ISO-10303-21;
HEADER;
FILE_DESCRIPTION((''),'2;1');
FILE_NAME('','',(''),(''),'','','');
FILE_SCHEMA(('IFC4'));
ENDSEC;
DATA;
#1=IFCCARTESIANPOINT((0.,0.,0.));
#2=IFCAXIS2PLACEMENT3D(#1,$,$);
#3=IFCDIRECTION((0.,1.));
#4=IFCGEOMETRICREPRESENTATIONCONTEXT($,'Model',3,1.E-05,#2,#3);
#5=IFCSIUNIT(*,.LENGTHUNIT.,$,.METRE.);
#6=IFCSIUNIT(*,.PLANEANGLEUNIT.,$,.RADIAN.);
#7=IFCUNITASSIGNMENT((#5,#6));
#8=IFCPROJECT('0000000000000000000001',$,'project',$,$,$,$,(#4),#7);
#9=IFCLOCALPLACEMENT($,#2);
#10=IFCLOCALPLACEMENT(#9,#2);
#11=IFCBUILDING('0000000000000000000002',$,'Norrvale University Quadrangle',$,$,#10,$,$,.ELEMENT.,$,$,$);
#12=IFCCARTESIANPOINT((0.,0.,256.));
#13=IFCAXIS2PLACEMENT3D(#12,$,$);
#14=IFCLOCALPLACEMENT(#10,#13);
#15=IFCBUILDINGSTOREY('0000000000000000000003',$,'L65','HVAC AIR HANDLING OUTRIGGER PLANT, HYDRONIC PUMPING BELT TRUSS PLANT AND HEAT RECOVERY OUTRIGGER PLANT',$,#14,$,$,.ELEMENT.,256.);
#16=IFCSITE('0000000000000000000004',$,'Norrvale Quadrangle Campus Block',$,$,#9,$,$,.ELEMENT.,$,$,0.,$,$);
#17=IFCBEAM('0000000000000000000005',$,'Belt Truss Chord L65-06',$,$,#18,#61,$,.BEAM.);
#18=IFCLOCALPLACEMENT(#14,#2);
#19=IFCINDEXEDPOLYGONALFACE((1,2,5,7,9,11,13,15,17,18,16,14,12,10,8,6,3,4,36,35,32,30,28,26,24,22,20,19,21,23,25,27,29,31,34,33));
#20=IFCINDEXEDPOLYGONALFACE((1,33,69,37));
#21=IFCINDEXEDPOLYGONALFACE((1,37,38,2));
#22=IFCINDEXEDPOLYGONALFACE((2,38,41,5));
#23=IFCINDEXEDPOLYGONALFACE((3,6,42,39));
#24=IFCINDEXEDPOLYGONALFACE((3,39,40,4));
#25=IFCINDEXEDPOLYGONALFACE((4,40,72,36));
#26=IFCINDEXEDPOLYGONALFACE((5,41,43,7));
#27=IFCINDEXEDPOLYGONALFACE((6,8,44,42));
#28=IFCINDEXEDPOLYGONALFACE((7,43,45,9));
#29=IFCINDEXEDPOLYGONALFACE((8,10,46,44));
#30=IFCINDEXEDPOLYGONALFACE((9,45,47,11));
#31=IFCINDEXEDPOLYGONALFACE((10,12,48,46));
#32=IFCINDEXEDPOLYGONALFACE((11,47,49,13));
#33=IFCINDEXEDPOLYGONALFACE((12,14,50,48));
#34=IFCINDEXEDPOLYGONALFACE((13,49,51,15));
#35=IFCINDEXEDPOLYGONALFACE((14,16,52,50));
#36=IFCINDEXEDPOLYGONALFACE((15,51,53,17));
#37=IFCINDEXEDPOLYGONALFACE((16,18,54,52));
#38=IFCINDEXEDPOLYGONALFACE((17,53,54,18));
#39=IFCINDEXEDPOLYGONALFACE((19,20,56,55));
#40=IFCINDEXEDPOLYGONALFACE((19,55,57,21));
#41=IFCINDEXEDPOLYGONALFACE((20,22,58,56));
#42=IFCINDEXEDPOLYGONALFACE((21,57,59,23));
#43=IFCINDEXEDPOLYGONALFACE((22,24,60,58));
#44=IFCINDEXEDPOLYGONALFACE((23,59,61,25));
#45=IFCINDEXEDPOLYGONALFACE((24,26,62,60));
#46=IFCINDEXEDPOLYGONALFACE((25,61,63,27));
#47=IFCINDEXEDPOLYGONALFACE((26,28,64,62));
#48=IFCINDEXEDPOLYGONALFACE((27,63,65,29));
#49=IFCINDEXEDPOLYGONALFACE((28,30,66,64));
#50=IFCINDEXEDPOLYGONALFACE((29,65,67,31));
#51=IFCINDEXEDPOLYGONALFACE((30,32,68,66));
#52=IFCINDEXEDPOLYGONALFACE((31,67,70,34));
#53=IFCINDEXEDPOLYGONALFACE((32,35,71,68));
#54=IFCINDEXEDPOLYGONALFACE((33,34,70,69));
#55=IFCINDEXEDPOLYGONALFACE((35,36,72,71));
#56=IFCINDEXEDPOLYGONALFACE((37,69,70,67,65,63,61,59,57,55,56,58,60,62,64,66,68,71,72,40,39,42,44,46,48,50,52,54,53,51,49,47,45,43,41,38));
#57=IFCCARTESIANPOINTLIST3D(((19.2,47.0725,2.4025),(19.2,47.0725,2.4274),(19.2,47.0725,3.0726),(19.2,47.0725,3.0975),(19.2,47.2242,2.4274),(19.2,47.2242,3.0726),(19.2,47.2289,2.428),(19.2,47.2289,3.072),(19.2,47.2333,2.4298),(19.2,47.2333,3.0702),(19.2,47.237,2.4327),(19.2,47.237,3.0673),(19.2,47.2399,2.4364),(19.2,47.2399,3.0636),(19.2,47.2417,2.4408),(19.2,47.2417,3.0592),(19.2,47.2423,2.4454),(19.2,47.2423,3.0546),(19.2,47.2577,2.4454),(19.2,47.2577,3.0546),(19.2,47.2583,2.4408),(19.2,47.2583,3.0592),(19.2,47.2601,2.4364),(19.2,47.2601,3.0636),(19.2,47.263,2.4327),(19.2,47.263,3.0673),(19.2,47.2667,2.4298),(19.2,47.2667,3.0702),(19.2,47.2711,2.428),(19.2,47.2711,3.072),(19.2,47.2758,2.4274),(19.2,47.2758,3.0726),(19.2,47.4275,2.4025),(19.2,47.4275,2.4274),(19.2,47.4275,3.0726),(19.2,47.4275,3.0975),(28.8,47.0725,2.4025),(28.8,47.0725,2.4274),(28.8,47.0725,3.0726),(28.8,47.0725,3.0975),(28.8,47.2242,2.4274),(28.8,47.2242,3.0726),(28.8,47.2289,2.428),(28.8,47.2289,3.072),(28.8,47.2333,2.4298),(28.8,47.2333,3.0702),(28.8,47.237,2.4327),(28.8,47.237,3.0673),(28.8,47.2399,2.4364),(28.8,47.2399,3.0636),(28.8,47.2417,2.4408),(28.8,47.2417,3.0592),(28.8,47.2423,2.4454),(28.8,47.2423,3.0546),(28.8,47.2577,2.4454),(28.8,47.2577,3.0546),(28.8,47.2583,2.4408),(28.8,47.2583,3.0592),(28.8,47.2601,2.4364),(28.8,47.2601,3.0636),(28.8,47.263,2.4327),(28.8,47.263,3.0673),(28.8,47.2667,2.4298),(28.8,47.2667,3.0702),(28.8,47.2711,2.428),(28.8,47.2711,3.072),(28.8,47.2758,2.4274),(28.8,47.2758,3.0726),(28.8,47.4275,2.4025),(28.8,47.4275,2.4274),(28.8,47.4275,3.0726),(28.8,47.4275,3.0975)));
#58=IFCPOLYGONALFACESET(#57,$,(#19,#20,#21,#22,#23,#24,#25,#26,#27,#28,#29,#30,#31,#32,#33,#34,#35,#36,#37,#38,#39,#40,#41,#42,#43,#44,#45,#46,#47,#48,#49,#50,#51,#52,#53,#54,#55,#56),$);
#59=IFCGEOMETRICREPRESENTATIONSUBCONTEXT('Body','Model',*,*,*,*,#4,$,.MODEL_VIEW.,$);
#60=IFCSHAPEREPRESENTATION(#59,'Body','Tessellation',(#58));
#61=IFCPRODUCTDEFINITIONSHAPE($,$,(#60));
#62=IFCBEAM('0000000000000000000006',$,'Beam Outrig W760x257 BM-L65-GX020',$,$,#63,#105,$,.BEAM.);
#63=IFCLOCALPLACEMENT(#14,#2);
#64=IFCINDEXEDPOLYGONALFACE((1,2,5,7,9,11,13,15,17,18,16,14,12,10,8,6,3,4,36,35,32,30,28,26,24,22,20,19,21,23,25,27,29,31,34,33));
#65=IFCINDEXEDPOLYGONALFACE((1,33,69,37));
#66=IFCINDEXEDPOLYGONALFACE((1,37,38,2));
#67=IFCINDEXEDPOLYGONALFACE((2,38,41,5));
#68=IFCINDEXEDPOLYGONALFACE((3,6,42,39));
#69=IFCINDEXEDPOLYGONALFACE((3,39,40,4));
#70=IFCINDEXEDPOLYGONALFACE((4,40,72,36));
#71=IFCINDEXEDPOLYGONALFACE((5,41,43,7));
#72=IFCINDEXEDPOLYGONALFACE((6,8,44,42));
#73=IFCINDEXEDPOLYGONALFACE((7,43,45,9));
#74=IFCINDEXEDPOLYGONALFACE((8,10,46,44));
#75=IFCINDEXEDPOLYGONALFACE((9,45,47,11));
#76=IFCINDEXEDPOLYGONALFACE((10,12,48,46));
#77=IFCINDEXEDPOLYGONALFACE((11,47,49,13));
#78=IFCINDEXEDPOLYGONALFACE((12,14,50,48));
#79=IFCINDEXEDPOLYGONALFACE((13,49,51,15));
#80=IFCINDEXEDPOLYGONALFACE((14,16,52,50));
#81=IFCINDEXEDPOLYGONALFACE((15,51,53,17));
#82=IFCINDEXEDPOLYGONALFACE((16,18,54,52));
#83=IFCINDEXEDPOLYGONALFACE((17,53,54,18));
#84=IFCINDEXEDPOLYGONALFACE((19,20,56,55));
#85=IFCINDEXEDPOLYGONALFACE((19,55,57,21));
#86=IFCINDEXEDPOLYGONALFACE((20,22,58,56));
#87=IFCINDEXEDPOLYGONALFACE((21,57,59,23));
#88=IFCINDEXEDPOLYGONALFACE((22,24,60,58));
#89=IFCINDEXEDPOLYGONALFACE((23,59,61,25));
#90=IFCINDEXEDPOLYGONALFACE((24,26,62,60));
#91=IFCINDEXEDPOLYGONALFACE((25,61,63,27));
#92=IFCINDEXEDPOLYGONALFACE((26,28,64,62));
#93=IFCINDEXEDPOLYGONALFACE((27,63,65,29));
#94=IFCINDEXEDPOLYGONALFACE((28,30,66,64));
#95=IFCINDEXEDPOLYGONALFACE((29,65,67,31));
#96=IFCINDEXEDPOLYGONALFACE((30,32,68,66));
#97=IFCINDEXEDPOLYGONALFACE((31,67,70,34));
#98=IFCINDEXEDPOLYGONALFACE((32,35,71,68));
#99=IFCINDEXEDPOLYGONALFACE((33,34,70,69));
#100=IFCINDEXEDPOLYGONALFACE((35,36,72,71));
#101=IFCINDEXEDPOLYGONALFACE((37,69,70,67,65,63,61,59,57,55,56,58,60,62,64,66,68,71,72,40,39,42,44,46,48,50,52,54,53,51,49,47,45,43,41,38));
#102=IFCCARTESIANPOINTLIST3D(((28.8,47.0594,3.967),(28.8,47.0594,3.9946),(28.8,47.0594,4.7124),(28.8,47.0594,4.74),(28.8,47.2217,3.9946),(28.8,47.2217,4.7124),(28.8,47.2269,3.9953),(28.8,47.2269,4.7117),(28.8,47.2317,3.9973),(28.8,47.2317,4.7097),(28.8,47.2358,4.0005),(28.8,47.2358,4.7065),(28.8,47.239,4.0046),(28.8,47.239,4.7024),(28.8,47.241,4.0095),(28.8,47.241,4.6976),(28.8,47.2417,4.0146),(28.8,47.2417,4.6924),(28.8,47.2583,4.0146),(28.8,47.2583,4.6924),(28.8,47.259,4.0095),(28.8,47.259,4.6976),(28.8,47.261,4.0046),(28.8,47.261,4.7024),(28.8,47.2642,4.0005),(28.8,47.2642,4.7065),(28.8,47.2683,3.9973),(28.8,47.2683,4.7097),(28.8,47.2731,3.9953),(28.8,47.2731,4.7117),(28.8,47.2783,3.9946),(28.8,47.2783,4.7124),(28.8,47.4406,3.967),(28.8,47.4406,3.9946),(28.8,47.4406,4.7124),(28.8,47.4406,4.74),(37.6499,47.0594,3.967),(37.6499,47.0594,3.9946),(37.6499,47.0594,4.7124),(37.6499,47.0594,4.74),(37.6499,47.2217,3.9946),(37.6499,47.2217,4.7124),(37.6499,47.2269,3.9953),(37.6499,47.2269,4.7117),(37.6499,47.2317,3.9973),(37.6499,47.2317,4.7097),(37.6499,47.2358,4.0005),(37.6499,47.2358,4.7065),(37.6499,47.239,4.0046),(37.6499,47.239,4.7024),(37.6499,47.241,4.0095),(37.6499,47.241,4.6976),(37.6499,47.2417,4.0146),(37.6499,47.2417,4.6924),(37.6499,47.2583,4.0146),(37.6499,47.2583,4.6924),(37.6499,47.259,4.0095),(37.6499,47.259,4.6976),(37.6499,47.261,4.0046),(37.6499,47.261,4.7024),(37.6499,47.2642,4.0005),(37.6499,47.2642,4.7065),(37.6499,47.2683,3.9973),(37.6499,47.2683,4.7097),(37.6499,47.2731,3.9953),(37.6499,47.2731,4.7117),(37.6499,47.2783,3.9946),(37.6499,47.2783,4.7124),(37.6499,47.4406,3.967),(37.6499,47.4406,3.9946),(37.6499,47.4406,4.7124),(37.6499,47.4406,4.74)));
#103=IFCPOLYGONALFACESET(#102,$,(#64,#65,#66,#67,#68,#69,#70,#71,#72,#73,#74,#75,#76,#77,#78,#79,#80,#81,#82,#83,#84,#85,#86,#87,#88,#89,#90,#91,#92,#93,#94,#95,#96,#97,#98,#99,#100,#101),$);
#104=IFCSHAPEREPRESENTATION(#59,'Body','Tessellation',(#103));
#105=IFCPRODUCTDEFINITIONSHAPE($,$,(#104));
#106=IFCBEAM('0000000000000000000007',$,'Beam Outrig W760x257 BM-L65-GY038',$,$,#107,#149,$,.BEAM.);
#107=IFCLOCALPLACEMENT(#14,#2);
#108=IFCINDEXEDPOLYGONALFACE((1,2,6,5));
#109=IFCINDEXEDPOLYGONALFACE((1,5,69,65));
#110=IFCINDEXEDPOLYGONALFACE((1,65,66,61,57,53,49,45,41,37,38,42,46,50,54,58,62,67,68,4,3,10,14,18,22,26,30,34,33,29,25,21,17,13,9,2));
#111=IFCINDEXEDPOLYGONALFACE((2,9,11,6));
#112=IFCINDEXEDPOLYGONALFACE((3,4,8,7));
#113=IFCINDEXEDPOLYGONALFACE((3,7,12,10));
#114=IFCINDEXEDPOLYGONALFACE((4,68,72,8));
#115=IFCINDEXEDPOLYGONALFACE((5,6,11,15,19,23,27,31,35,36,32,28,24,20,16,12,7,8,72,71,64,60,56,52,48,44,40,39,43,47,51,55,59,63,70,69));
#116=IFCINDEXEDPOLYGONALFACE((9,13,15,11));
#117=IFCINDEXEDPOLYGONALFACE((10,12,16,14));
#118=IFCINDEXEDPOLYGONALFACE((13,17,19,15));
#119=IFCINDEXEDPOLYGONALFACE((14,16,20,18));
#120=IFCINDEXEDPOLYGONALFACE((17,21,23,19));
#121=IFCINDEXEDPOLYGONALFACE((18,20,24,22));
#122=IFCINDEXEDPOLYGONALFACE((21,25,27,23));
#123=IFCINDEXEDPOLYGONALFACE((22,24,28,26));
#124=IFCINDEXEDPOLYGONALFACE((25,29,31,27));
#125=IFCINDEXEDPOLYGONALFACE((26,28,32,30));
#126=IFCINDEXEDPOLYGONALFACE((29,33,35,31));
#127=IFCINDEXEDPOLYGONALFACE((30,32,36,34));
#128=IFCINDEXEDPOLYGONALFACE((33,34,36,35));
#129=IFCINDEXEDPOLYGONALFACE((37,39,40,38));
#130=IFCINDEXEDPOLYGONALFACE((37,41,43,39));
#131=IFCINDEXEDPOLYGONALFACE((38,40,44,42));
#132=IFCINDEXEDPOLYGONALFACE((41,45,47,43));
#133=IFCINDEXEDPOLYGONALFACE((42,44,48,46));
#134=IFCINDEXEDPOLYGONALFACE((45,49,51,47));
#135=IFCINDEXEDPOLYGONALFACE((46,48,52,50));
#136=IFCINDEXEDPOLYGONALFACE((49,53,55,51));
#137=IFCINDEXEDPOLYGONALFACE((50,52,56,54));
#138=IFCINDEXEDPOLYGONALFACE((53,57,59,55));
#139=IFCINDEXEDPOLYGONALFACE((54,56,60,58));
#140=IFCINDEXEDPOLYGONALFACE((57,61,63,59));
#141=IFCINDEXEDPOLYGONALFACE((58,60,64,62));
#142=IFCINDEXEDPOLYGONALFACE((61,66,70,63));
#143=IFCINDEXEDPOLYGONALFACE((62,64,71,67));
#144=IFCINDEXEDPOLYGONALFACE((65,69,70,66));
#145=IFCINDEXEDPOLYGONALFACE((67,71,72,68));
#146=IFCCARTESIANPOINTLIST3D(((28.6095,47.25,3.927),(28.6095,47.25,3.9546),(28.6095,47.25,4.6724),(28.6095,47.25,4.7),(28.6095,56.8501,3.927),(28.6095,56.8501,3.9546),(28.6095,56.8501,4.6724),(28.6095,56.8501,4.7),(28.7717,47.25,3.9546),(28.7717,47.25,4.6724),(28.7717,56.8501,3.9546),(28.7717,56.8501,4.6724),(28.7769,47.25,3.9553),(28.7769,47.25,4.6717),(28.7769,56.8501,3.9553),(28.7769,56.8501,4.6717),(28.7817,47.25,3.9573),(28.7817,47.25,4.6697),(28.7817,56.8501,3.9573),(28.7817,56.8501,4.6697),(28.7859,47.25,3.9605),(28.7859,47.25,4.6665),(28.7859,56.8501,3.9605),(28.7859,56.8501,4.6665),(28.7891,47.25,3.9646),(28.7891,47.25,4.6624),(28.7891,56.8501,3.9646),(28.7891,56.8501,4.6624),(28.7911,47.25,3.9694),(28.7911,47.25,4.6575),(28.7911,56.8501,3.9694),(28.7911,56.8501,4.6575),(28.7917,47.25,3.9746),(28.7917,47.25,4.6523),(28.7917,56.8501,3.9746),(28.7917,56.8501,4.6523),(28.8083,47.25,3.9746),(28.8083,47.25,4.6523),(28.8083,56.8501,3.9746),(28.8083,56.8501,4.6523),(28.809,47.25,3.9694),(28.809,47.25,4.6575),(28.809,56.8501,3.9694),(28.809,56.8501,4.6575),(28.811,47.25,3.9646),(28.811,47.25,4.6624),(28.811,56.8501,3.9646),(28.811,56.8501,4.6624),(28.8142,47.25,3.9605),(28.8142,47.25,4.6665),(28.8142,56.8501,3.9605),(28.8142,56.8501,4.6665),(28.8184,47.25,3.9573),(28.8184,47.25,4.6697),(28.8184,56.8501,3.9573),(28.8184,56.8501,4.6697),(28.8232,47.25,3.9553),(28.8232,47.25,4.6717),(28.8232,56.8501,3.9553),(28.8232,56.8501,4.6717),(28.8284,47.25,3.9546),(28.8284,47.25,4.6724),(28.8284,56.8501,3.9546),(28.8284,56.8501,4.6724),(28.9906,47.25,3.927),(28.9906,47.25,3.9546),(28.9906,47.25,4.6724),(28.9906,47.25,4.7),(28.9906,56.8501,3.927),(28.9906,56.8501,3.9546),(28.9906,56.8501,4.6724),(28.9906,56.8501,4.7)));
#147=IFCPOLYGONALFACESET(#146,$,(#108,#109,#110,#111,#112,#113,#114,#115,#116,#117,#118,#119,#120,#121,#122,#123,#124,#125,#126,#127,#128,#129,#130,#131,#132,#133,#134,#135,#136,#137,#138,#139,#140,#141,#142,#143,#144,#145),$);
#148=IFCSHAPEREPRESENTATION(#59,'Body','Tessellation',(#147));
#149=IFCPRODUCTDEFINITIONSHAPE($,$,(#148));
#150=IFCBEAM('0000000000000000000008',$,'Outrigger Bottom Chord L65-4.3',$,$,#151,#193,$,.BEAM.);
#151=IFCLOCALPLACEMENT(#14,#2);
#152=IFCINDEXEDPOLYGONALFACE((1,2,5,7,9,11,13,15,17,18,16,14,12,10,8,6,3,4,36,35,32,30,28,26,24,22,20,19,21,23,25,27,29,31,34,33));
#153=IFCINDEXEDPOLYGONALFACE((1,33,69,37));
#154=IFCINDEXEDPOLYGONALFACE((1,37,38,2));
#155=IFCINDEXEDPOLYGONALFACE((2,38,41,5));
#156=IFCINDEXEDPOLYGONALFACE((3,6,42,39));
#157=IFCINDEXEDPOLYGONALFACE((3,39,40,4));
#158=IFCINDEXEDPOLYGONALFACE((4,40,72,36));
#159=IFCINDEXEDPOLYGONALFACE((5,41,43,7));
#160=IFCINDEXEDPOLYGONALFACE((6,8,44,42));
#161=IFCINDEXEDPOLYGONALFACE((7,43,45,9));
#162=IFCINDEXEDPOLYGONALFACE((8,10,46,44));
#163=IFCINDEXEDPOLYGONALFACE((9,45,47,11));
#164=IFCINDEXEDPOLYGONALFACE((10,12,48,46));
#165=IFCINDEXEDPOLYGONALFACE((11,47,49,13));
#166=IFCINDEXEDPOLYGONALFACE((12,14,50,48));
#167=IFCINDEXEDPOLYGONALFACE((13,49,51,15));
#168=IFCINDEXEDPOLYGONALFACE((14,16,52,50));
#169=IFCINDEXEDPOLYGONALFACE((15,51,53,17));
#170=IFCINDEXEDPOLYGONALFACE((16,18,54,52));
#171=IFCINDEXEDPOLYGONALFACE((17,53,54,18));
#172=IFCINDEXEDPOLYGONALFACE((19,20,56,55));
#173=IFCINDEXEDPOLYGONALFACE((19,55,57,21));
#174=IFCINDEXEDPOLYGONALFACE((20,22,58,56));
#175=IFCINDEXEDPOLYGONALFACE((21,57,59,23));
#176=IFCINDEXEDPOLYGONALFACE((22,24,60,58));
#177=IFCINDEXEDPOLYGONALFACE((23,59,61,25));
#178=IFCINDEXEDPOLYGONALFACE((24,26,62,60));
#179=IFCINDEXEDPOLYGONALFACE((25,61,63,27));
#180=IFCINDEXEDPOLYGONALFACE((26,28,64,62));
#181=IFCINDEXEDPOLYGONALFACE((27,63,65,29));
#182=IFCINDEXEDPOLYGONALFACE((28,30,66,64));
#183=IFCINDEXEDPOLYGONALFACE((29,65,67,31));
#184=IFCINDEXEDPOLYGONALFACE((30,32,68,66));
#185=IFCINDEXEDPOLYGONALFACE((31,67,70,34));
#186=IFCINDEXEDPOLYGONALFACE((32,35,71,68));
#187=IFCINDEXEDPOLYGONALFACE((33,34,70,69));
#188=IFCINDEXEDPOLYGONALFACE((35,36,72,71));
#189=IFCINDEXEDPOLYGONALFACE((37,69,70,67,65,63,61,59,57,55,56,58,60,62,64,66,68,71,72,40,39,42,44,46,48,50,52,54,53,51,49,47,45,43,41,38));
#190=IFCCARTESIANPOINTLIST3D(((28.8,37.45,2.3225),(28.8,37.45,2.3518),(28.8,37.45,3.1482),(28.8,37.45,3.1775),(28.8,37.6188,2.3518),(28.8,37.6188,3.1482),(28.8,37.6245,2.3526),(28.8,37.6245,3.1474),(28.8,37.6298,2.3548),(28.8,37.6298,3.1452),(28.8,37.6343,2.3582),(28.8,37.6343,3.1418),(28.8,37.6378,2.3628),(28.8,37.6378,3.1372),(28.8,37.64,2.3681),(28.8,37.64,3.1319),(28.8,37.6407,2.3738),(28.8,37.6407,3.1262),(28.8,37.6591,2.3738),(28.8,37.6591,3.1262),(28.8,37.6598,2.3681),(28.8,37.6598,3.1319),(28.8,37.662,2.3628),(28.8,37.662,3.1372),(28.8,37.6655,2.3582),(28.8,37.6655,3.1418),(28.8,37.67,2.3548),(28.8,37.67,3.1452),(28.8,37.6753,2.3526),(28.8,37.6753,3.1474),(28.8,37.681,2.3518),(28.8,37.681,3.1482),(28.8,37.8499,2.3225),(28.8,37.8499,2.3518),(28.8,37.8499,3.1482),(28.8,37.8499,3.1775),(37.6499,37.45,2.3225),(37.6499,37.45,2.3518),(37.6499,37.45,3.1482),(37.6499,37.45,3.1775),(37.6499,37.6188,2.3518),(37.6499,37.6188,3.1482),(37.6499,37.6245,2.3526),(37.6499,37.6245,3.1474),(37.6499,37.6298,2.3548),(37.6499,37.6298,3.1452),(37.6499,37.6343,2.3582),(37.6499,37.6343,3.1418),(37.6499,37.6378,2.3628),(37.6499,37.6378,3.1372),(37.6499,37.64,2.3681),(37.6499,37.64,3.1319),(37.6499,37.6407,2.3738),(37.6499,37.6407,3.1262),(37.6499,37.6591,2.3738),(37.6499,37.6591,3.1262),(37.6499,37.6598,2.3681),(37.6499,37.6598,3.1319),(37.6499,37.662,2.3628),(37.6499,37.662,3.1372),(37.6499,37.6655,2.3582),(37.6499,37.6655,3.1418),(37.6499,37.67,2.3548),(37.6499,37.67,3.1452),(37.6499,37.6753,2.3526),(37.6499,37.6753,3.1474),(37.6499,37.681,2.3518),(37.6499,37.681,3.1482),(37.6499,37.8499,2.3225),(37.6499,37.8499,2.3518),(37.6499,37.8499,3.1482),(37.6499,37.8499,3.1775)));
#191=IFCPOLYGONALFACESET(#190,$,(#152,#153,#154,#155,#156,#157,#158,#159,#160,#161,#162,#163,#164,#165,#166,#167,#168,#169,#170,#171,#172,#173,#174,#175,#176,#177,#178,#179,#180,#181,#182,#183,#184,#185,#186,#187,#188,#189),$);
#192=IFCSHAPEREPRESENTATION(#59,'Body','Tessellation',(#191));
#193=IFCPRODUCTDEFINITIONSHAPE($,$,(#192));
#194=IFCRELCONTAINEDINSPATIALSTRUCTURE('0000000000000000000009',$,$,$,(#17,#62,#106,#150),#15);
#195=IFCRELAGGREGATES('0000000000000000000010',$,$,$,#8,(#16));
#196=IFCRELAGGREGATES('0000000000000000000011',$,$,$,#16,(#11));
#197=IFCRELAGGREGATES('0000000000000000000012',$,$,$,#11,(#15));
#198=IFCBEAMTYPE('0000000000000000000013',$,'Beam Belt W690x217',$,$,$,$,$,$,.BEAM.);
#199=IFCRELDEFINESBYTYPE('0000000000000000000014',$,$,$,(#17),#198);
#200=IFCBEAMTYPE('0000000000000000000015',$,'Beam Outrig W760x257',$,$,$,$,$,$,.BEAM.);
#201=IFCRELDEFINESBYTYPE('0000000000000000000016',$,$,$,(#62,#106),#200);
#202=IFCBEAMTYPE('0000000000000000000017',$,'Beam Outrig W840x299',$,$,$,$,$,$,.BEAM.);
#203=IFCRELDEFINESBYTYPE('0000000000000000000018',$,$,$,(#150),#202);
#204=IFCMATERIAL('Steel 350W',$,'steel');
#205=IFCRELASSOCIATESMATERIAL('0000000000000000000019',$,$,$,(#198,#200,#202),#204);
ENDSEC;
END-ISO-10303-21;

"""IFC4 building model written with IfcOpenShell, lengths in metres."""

from ifc_helpers import new_model, si_unit, direction, frame, origin, origin_2d, place, context, subcontext, project, spatial, i_section, extrude, material, material_profile, profile_set, type_object, element, save


model = new_model("IFC4")

# Units and contexts
model_context = context("Model", 3, precision=1e-05, world=origin(), true_north=direction((0.0, 1.0)))
body_context = subcontext(model_context, "Body", "Model", "MODEL_VIEW")
ifc_project = project(units=[si_unit("LENGTHUNIT", "METRE"), si_unit("PLANEANGLEUNIT", "RADIAN")], contexts=[model_context])

# Site, building, storey
site_placement = place(None, origin())
site = spatial("IfcSite", under=ifc_project, at=site_placement, Name="Norrvale Quadrangle Campus Block", CompositionType="ELEMENT", RefElevation=0.0)
building_placement = place(site_placement, origin())
building = spatial("IfcBuilding", under=site, at=building_placement, Name="Norrvale University Quadrangle", CompositionType="ELEMENT")
storey_placement = place(building_placement, frame((0.0, 0.0, 256.0)))
storey = spatial("IfcBuildingStorey", under=building, at=storey_placement, Name="L65", Description="HVAC AIR HANDLING OUTRIGGER PLANT, HYDRONIC PUMPING BELT TRUSS PLANT AND HEAT RECOVERY OUTRIGGER PLANT", CompositionType="ELEMENT", Elevation=256.0)

# Beams
ifc_material_1 = material(Name="Steel 350W", Category="steel")
ifc_material_profile_1 = material_profile(ifc_material_1, i_section(OverallWidth=0.355, OverallDepth=0.6951, WebThickness=0.0154, FlangeThickness=0.0249, FilletRadius=0.0181, at=origin_2d()), Name="Steel 350W")
ifc_profile_set_1 = profile_set([ifc_material_profile_1], Name="Steel 350W")
beam_type_1 = type_object("IfcBeamType", Name="Beam Belt W690x217", PredefinedType="BEAM", material=ifc_profile_set_1)
beam_1_placement = place(storey_placement, frame((19.2, 47.25, 2.75), z_axis=(1.0, 0.0, 0.0), x_axis=(0.0, 1.0, 0.0)))
element("IfcBeam", 1, at=beam_1_placement, inside=storey, type_object=beam_type_1, Name="Belt Truss Chord L65-06", PredefinedType="BEAM", context=body_context, shape_type="SweptSolid", body=[
    extrude(i_section(OverallWidth=0.355, OverallDepth=0.6951, WebThickness=0.0154, FlangeThickness=0.0249, FilletRadius=0.0181, at=origin_2d()), origin(), (0.0, 0.0, 1.0), 9.6001),
])
ifc_material_profile_2 = material_profile(ifc_material_1, i_section(OverallWidth=0.3811, OverallDepth=0.7729, WebThickness=0.0166, FlangeThickness=0.0276, FilletRadius=0.02, at=origin_2d()), Name="Steel 350W")
ifc_profile_set_2 = profile_set([ifc_material_profile_2], Name="Steel 350W")
beam_type_2 = type_object("IfcBeamType", Name="Beam Outrig W760x257", PredefinedType="BEAM", material=ifc_profile_set_2)
beam_2_placement = place(storey_placement, frame((28.8, 47.25, 4.3535), z_axis=(1.0, 0.0, 0.0), x_axis=(0.0, 1.0, 0.0)))
element("IfcBeam", 2, at=beam_2_placement, inside=storey, type_object=beam_type_2, Name="Beam Outrig W760x257 BM-L65-GX020", PredefinedType="BEAM", context=body_context, shape_type="SweptSolid", body=[
    extrude(i_section(OverallWidth=0.3811, OverallDepth=0.7729, WebThickness=0.0166, FlangeThickness=0.0276, FilletRadius=0.02, at=origin_2d()), origin(), (0.0, 0.0, 1.0), 8.8499),
])
beam_3_placement = place(storey_placement, frame((28.8, 47.25, 4.3135), z_axis=(0.0, 1.0, 0.0), x_axis=(-1.0, 0.0, 0.0)))
element("IfcBeam", 3, at=beam_3_placement, inside=storey, type_object=beam_type_2, Name="Beam Outrig W760x257 BM-L65-GY038", PredefinedType="BEAM", context=body_context, shape_type="SweptSolid", body=[
    extrude(i_section(OverallWidth=0.3811, OverallDepth=0.7729, WebThickness=0.0166, FlangeThickness=0.0276, FilletRadius=0.02, at=origin_2d()), origin(), (0.0, 0.0, 1.0), 9.6001),
])
ifc_material_profile_3 = material_profile(ifc_material_1, i_section(OverallWidth=0.3999, OverallDepth=0.855, WebThickness=0.0183, FlangeThickness=0.0293, FilletRadius=0.022, at=origin_2d()), Name="Steel 350W")
ifc_profile_set_3 = profile_set([ifc_material_profile_3], Name="Steel 350W")
beam_type_3 = type_object("IfcBeamType", Name="Beam Outrig W840x299", PredefinedType="BEAM", material=ifc_profile_set_3)
beam_4_placement = place(storey_placement, frame((28.8, 37.6499, 2.75), z_axis=(1.0, 0.0, 0.0), x_axis=(0.0, 1.0, 0.0)))
element("IfcBeam", 4, at=beam_4_placement, inside=storey, type_object=beam_type_3, Name="Outrigger Bottom Chord L65-4.3", PredefinedType="BEAM", context=body_context, shape_type="SweptSolid", body=[
    extrude(i_section(OverallWidth=0.3999, OverallDepth=0.855, WebThickness=0.0183, FlangeThickness=0.0293, FilletRadius=0.022, at=origin_2d()), origin(), (0.0, 0.0, 1.0), 8.8499),
])

save(model, "model.ifc")
